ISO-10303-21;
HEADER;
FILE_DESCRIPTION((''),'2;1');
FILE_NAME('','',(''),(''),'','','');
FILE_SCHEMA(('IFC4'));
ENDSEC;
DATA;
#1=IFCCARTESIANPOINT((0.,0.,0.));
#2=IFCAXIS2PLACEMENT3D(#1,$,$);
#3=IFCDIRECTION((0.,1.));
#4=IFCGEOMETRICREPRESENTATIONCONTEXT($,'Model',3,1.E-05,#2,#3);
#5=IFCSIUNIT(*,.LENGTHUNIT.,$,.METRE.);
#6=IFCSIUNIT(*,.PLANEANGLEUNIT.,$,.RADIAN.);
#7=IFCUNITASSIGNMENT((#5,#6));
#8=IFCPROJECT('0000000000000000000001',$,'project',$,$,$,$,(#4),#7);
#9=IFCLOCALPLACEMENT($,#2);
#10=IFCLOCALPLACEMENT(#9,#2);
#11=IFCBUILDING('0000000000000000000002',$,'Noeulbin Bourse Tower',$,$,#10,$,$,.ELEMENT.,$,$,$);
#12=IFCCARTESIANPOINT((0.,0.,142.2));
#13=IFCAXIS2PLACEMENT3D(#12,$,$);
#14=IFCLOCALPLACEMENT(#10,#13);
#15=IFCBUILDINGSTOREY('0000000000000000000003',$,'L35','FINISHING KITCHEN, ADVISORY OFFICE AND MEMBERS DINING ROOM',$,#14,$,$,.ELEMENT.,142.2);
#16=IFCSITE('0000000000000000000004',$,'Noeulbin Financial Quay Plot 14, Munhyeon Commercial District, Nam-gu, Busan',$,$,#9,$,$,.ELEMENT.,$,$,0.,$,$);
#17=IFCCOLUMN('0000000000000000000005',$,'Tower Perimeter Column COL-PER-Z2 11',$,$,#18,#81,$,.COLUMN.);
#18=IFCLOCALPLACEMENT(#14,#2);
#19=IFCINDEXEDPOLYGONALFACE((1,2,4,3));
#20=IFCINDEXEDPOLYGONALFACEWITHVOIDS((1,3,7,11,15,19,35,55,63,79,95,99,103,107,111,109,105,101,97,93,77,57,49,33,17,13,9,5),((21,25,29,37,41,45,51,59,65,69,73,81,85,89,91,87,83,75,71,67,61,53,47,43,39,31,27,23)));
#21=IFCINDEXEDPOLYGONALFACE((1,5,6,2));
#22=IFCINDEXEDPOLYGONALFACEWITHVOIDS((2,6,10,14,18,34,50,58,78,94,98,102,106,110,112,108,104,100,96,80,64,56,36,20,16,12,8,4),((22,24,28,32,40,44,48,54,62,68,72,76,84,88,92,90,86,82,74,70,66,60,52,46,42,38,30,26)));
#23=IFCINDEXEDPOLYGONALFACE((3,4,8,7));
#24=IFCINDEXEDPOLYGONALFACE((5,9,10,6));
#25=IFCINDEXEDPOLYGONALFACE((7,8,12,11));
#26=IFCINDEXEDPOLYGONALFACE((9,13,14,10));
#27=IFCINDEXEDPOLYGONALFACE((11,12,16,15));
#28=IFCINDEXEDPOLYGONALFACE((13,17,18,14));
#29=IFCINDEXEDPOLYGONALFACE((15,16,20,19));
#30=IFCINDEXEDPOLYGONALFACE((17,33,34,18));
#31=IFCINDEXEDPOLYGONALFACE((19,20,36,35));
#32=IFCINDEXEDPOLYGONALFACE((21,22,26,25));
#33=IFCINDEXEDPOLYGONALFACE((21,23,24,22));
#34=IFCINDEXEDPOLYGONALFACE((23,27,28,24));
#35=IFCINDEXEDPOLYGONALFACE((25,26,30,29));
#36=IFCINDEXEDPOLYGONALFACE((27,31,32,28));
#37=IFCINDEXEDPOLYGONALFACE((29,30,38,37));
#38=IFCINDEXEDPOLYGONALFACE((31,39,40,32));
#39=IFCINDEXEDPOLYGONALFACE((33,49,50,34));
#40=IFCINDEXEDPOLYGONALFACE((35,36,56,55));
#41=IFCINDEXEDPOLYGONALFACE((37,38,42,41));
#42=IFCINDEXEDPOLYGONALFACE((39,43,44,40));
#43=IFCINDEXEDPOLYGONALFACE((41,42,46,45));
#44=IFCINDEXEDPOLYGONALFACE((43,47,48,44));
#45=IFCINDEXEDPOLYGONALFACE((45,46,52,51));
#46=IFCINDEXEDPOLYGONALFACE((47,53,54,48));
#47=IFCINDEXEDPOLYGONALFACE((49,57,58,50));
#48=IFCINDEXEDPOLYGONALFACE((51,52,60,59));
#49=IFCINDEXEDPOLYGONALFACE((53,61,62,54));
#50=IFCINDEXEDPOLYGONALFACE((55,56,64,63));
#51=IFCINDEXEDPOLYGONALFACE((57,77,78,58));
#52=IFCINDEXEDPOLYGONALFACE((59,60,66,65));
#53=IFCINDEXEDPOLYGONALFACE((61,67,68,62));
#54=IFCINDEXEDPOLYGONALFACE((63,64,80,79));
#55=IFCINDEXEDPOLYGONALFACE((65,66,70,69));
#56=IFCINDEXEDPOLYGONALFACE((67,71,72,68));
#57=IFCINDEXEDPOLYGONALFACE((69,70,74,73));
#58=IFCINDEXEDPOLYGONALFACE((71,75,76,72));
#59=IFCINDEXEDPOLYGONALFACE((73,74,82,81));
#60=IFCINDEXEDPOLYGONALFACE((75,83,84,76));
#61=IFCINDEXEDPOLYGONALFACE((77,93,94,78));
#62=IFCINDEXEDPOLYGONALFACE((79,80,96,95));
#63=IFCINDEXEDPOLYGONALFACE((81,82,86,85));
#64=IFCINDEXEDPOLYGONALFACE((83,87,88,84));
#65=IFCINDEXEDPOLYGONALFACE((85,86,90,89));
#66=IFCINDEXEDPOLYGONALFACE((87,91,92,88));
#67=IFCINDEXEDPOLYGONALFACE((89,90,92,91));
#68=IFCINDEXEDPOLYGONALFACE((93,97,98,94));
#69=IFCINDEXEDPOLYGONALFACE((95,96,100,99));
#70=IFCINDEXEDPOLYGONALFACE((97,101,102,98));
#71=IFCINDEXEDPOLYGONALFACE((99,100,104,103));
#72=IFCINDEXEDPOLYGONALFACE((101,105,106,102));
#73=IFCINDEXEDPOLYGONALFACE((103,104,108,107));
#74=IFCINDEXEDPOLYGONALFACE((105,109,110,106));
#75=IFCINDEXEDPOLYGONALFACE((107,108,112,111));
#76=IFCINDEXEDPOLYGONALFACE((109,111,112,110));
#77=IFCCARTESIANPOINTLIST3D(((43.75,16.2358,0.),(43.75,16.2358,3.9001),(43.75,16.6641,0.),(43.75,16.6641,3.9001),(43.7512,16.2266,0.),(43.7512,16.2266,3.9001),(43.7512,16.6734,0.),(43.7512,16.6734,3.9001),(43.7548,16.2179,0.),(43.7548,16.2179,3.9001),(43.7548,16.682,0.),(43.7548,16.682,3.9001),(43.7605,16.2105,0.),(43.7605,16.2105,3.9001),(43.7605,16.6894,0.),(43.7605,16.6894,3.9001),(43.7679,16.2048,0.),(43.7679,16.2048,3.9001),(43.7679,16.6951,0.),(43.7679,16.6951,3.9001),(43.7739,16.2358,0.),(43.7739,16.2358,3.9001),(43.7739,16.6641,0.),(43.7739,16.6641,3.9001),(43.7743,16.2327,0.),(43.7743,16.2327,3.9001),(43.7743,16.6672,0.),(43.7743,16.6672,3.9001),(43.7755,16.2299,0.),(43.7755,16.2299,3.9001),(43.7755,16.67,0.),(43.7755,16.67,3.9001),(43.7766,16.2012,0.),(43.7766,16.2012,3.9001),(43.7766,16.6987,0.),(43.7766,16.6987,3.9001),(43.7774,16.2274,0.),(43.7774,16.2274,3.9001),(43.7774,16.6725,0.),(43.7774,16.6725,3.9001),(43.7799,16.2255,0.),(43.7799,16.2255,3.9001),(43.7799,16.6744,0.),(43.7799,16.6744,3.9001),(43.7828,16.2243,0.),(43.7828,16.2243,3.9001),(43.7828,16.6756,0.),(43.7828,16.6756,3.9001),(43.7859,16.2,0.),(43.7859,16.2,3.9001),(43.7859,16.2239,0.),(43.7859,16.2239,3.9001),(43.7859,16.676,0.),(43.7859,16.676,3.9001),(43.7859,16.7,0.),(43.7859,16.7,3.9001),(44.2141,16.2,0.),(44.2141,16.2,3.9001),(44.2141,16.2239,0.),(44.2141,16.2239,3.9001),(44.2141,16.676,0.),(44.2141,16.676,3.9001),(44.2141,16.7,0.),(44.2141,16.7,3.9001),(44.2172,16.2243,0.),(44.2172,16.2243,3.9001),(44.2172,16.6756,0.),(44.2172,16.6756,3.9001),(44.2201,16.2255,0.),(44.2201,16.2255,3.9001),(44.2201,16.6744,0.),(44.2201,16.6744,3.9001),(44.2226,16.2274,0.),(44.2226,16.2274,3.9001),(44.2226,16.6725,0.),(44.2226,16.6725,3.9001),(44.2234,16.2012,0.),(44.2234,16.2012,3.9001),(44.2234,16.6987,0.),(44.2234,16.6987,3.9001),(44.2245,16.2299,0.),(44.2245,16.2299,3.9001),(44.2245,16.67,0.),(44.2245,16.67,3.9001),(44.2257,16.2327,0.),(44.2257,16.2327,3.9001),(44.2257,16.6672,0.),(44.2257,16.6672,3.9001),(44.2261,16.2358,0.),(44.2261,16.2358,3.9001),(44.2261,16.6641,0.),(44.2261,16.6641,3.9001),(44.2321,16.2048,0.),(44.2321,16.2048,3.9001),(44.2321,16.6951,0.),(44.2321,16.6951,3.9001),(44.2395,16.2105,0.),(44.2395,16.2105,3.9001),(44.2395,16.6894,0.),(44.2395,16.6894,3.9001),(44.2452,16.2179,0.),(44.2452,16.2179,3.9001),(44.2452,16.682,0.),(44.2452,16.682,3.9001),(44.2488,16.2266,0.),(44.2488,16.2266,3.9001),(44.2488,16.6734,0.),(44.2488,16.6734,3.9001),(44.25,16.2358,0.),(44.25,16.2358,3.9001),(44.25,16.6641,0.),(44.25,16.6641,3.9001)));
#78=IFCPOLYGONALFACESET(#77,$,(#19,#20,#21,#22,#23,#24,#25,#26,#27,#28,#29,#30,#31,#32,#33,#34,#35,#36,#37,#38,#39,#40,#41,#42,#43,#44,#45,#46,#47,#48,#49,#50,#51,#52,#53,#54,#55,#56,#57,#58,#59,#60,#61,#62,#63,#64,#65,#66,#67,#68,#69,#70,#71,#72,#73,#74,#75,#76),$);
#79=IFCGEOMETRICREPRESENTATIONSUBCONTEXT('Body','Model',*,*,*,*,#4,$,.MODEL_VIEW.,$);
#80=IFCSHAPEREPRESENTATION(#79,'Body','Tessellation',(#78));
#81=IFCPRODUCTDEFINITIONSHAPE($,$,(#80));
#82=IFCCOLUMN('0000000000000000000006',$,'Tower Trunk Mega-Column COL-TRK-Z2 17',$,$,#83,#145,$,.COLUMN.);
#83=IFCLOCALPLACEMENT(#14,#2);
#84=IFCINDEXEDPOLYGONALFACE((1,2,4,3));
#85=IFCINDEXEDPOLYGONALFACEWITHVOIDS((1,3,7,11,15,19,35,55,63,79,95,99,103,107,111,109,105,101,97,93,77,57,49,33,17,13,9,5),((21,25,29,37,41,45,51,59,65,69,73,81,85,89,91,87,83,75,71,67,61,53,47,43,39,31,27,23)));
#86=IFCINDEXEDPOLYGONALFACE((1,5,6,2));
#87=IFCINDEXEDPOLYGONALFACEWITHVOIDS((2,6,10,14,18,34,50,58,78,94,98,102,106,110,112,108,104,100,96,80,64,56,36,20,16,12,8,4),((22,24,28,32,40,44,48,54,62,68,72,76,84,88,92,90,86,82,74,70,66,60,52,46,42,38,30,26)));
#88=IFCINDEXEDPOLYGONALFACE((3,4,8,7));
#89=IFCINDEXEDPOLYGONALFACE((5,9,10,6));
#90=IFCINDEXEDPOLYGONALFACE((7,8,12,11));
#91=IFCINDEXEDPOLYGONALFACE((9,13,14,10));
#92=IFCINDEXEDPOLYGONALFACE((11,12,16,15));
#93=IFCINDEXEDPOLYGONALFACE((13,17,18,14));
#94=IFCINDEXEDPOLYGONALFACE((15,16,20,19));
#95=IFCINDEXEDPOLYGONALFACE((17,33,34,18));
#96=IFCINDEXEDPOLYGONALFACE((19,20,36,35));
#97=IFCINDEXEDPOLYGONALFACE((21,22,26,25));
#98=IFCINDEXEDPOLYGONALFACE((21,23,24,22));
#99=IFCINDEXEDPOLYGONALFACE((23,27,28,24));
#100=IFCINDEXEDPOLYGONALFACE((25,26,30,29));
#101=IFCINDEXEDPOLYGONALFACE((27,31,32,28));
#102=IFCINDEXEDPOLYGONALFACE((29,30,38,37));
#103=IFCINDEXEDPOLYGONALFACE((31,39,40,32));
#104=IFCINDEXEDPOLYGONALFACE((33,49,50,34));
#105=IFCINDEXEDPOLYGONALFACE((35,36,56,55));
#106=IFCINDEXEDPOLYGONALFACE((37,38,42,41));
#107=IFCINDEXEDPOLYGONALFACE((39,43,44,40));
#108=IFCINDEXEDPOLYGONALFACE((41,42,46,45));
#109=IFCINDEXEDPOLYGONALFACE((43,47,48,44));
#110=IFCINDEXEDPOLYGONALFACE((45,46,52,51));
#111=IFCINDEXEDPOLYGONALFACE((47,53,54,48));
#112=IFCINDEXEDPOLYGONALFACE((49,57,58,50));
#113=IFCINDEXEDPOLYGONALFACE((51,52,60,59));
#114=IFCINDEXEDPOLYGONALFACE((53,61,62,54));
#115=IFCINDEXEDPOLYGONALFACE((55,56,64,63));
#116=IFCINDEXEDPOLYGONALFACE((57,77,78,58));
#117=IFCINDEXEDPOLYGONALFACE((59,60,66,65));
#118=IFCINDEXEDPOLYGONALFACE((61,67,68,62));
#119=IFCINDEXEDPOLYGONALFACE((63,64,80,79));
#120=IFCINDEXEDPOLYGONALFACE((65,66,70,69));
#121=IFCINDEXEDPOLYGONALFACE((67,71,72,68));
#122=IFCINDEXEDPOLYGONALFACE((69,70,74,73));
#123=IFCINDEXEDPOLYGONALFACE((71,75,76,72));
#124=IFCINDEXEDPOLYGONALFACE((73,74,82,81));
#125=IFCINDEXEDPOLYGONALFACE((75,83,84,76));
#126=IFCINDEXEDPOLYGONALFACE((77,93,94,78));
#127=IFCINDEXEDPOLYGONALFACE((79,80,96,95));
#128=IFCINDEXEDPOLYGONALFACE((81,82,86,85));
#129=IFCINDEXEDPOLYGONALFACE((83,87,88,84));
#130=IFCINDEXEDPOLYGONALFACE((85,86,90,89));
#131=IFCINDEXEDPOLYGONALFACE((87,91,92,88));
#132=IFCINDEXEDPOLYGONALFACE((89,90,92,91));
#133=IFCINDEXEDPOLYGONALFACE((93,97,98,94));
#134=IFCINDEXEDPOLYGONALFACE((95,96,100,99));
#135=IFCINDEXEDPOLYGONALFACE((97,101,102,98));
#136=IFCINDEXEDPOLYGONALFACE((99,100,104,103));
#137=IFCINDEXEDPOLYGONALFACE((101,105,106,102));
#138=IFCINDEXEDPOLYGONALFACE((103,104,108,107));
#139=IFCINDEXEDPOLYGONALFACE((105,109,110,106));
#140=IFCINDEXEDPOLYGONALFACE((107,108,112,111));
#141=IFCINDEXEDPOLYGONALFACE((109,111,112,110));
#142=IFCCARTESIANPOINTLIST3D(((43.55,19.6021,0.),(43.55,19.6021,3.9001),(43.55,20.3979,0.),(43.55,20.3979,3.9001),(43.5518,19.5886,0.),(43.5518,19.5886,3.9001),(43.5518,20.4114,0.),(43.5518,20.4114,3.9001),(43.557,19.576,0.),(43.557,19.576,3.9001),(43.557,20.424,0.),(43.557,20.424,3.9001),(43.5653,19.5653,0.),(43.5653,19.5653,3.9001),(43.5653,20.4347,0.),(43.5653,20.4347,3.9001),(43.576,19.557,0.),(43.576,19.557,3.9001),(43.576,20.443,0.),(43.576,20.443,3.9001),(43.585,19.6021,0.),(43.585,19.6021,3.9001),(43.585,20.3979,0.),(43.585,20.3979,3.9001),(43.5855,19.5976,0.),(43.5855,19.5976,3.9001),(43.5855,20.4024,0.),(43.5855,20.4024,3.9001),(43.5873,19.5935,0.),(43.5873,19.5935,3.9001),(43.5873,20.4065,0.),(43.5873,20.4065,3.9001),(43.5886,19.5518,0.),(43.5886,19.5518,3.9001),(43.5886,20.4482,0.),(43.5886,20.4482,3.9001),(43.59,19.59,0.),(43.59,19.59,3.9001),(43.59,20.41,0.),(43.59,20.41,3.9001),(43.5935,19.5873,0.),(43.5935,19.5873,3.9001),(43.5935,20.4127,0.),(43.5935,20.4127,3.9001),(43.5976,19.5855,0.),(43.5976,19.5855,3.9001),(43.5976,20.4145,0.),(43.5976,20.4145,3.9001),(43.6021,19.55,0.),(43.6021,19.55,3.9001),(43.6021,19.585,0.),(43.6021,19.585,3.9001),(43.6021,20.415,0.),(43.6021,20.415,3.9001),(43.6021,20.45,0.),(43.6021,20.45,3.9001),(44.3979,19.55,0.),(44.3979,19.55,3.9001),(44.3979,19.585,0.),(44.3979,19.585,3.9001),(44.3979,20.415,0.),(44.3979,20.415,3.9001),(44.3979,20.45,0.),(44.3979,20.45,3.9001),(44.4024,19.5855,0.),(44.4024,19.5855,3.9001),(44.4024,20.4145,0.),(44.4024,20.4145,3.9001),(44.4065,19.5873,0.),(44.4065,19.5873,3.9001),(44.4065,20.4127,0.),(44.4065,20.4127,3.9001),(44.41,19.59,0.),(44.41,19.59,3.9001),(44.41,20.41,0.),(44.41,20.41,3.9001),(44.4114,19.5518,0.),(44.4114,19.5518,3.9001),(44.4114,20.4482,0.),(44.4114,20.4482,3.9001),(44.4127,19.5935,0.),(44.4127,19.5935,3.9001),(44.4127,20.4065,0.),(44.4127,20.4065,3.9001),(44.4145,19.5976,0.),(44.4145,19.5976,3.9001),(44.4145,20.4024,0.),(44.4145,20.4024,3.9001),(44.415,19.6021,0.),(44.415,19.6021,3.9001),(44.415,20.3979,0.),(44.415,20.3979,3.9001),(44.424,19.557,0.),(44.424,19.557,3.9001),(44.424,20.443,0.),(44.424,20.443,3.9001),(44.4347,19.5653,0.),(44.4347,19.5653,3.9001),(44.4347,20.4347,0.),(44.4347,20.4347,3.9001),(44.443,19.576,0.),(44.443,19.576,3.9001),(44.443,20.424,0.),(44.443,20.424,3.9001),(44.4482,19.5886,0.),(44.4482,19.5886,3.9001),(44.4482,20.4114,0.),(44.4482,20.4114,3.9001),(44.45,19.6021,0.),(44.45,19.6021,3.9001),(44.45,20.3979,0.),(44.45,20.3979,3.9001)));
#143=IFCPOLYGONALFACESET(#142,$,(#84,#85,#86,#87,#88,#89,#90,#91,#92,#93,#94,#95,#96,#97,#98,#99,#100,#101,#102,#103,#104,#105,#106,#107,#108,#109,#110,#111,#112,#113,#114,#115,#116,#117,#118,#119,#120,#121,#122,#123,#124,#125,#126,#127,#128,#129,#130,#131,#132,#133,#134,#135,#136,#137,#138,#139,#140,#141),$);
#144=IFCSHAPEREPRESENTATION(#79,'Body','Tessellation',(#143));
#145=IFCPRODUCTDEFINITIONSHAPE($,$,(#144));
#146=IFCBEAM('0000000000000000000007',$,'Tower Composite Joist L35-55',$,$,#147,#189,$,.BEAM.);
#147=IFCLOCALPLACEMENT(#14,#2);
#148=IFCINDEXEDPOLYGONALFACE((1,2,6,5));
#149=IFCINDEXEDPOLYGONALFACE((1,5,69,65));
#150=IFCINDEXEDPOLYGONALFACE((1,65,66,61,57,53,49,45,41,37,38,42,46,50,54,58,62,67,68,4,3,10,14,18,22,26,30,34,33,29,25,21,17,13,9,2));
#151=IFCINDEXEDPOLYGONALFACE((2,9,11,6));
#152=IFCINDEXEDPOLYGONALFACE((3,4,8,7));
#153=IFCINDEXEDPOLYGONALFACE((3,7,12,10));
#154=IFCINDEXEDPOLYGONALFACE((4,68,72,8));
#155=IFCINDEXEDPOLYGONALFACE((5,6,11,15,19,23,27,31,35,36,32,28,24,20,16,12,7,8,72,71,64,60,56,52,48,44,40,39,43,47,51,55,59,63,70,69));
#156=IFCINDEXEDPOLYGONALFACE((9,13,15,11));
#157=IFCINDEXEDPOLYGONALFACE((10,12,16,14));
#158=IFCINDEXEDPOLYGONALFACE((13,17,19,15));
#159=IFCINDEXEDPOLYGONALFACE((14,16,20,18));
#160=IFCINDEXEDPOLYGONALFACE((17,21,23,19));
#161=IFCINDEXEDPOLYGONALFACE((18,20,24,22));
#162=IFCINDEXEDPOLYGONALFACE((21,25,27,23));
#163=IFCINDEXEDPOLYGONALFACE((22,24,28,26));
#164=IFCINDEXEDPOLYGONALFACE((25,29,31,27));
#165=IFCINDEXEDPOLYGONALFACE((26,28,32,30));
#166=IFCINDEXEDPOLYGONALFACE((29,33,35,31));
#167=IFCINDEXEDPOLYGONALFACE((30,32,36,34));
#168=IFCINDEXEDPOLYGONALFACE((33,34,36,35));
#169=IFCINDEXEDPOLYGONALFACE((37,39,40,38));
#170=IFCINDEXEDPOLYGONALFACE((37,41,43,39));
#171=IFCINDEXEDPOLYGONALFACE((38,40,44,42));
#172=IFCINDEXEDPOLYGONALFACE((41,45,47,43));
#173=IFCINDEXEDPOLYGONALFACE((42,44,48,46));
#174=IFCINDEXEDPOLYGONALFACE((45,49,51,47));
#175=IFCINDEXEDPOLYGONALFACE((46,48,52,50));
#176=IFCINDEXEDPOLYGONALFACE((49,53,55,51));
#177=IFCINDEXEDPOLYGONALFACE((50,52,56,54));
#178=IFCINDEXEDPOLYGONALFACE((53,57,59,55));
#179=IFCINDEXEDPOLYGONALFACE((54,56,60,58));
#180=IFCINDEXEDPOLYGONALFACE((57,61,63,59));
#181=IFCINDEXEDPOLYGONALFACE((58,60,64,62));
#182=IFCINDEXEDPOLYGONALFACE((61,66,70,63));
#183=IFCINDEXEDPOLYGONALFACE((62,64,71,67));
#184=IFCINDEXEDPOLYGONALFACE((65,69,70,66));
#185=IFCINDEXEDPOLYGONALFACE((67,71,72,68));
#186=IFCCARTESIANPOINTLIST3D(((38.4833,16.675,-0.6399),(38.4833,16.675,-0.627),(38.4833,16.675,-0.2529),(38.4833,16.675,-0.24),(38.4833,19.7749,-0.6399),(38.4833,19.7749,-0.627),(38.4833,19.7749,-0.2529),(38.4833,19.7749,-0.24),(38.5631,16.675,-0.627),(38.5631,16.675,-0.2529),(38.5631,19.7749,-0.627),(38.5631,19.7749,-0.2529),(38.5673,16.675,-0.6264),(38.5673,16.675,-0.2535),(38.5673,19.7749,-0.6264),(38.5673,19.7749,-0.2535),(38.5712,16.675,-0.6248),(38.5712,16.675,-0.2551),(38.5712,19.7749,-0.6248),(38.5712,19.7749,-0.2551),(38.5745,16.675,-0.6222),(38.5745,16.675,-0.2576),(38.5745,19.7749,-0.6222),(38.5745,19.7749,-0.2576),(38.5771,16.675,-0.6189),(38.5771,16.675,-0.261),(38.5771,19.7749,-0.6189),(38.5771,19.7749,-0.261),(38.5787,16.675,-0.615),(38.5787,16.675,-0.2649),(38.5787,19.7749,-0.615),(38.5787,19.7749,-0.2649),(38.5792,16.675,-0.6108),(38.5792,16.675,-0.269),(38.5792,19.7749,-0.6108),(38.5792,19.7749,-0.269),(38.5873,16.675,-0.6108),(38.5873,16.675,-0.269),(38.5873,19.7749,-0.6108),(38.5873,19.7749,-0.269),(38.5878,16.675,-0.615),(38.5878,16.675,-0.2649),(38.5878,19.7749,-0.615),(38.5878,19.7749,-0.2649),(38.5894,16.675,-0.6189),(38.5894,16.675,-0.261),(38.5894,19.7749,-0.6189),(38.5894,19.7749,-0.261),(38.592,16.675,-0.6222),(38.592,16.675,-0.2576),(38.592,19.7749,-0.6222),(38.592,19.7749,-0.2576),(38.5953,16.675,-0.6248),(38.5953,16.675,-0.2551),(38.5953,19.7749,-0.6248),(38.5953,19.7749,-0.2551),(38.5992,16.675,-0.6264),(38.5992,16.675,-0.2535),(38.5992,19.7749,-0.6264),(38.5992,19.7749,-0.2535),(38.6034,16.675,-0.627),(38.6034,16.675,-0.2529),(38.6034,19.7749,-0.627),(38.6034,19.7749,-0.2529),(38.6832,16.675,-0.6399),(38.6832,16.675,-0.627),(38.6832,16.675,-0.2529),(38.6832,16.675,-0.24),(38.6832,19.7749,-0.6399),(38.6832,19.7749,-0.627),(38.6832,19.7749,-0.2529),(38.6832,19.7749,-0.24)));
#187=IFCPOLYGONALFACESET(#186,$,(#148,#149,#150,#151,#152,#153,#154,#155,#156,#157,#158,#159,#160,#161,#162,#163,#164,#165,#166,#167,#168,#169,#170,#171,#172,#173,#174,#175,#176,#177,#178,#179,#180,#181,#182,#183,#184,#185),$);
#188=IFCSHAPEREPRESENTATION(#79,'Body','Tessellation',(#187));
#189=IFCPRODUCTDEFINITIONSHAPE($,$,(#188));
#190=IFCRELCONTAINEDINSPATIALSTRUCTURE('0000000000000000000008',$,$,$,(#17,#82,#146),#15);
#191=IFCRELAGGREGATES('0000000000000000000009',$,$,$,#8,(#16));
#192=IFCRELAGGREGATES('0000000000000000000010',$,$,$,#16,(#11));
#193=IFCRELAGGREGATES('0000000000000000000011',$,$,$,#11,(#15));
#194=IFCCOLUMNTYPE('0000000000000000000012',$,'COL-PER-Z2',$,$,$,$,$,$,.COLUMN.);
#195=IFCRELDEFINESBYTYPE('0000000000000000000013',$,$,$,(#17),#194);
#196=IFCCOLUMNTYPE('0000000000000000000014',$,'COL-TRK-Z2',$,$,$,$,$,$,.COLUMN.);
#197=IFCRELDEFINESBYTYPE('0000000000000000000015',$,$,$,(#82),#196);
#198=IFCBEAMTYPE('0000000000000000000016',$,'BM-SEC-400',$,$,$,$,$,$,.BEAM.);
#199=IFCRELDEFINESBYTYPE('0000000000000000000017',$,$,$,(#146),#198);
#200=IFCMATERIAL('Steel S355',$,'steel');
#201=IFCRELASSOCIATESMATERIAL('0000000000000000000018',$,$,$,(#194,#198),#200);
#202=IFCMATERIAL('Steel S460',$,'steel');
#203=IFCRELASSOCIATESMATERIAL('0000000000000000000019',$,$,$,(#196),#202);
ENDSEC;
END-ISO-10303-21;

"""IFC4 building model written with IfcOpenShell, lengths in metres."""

from ifc_helpers import new_model, si_unit, direction, frame, origin, origin_2d, place, context, subcontext, project, spatial, hollow_rectangle, i_section, extrude, material, material_profile, profile_set, type_object, element, save


model = new_model("IFC4")

# Units and contexts
model_context = context("Model", 3, precision=1e-05, world=origin(), true_north=direction((0.0, 1.0)))
body_context = subcontext(model_context, "Body", "Model", "MODEL_VIEW")
ifc_project = project(units=[si_unit("LENGTHUNIT", "METRE"), si_unit("PLANEANGLEUNIT", "RADIAN")], contexts=[model_context])

# Site, building, storey
site_placement = place(None, origin())
site = spatial("IfcSite", under=ifc_project, at=site_placement, Name="Noeulbin Financial Quay Plot 14, Munhyeon Commercial District, Nam-gu, Busan", CompositionType="ELEMENT", RefElevation=0.0)
building_placement = place(site_placement, origin())
building = spatial("IfcBuilding", under=site, at=building_placement, Name="Noeulbin Bourse Tower", CompositionType="ELEMENT")
storey_placement = place(building_placement, frame((0.0, 0.0, 142.2)))
storey = spatial("IfcBuildingStorey", under=building, at=storey_placement, Name="L35", Description="FINISHING KITCHEN, ADVISORY OFFICE AND MEMBERS DINING ROOM", CompositionType="ELEMENT", Elevation=142.2)

# Columns
ifc_material_1 = material(Name="Steel S355", Category="steel")
ifc_material_profile_1 = material_profile(ifc_material_1, hollow_rectangle(XDim=0.5, YDim=0.5, WallThickness=0.0239, InnerFilletRadius=0.012, OuterFilletRadius=0.0359, at=origin_2d()), Name="BOX-500x500x24", Category="LoadBearing")
ifc_profile_set_1 = profile_set([ifc_material_profile_1], Name="Steel S355")
column_type_1 = type_object("IfcColumnType", Name="COL-PER-Z2", PredefinedType="COLUMN", material=ifc_profile_set_1)
column_1_placement = place(storey_placement, frame((44.0, 16.45, 0.0), z_axis=(0.0, 0.0, 1.0), x_axis=(1.0, 0.0, 0.0)))
element("IfcColumn", 1, at=column_1_placement, inside=storey, type_object=column_type_1, Name="Tower Perimeter Column COL-PER-Z2 11", PredefinedType="COLUMN", context=body_context, shape_type="SweptSolid", body=[
    extrude(hollow_rectangle(XDim=0.5, YDim=0.5, WallThickness=0.0239, InnerFilletRadius=0.012, OuterFilletRadius=0.0359, at=origin_2d()), origin(), (0.0, 0.0, 1.0), 3.9001),
])
ifc_material_2 = material(Name="Steel S460", Category="steel")
ifc_material_profile_2 = material_profile(ifc_material_2, hollow_rectangle(XDim=0.8999, YDim=0.8999, WallThickness=0.0349, InnerFilletRadius=0.0171, OuterFilletRadius=0.052, at=origin_2d()), Name="BOX-900x900x35", Category="LoadBearing")
ifc_profile_set_2 = profile_set([ifc_material_profile_2], Name="Steel S460")
column_type_2 = type_object("IfcColumnType", Name="COL-TRK-Z2", PredefinedType="COLUMN", material=ifc_profile_set_2)
column_2_placement = place(storey_placement, frame((44.0, 20.0, 0.0), z_axis=(0.0, 0.0, 1.0), x_axis=(1.0, 0.0, 0.0)))
element("IfcColumn", 2, at=column_2_placement, inside=storey, type_object=column_type_2, Name="Tower Trunk Mega-Column COL-TRK-Z2 17", PredefinedType="COLUMN", context=body_context, shape_type="SweptSolid", body=[
    extrude(hollow_rectangle(XDim=0.8999, YDim=0.8999, WallThickness=0.0349, InnerFilletRadius=0.0171, OuterFilletRadius=0.052, at=origin_2d()), origin(), (0.0, 0.0, 1.0), 3.9001),
])

# Beam
ifc_material_profile_3 = material_profile(ifc_material_1, i_section(OverallWidth=0.2, OverallDepth=0.3999, WebThickness=0.0081, FlangeThickness=0.0129, FilletRadius=0.0161, at=origin_2d()), Name="H-400x200x8x13", Category="LoadBearing")
ifc_profile_set_3 = profile_set([ifc_material_profile_3], Name="Steel S355")
beam_type_1 = type_object("IfcBeamType", Name="BM-SEC-400", PredefinedType="BEAM", material=ifc_profile_set_3)
for number, where, z_axis, x_axis, name in (
    (3, (38.5833, 16.675, -0.4399), (0.0, 1.0, 0.0), (-1.0, 0.0, 0.0), "Tower Composite Joist L35-55"),
):
    element("IfcBeam", number, at=place(storey_placement, frame(where, z_axis=z_axis, x_axis=x_axis)), inside=storey, type_object=beam_type_1, Name=name, PredefinedType="BEAM", context=body_context, shape_type="SweptSolid", body=[
        extrude(i_section(OverallWidth=0.2, OverallDepth=0.3999, WebThickness=0.0081, FlangeThickness=0.0129, FilletRadius=0.0161, at=origin_2d()), origin(), (0.0, 0.0, 1.0), 3.0999),
    ])

save(model, "model.ifc")
